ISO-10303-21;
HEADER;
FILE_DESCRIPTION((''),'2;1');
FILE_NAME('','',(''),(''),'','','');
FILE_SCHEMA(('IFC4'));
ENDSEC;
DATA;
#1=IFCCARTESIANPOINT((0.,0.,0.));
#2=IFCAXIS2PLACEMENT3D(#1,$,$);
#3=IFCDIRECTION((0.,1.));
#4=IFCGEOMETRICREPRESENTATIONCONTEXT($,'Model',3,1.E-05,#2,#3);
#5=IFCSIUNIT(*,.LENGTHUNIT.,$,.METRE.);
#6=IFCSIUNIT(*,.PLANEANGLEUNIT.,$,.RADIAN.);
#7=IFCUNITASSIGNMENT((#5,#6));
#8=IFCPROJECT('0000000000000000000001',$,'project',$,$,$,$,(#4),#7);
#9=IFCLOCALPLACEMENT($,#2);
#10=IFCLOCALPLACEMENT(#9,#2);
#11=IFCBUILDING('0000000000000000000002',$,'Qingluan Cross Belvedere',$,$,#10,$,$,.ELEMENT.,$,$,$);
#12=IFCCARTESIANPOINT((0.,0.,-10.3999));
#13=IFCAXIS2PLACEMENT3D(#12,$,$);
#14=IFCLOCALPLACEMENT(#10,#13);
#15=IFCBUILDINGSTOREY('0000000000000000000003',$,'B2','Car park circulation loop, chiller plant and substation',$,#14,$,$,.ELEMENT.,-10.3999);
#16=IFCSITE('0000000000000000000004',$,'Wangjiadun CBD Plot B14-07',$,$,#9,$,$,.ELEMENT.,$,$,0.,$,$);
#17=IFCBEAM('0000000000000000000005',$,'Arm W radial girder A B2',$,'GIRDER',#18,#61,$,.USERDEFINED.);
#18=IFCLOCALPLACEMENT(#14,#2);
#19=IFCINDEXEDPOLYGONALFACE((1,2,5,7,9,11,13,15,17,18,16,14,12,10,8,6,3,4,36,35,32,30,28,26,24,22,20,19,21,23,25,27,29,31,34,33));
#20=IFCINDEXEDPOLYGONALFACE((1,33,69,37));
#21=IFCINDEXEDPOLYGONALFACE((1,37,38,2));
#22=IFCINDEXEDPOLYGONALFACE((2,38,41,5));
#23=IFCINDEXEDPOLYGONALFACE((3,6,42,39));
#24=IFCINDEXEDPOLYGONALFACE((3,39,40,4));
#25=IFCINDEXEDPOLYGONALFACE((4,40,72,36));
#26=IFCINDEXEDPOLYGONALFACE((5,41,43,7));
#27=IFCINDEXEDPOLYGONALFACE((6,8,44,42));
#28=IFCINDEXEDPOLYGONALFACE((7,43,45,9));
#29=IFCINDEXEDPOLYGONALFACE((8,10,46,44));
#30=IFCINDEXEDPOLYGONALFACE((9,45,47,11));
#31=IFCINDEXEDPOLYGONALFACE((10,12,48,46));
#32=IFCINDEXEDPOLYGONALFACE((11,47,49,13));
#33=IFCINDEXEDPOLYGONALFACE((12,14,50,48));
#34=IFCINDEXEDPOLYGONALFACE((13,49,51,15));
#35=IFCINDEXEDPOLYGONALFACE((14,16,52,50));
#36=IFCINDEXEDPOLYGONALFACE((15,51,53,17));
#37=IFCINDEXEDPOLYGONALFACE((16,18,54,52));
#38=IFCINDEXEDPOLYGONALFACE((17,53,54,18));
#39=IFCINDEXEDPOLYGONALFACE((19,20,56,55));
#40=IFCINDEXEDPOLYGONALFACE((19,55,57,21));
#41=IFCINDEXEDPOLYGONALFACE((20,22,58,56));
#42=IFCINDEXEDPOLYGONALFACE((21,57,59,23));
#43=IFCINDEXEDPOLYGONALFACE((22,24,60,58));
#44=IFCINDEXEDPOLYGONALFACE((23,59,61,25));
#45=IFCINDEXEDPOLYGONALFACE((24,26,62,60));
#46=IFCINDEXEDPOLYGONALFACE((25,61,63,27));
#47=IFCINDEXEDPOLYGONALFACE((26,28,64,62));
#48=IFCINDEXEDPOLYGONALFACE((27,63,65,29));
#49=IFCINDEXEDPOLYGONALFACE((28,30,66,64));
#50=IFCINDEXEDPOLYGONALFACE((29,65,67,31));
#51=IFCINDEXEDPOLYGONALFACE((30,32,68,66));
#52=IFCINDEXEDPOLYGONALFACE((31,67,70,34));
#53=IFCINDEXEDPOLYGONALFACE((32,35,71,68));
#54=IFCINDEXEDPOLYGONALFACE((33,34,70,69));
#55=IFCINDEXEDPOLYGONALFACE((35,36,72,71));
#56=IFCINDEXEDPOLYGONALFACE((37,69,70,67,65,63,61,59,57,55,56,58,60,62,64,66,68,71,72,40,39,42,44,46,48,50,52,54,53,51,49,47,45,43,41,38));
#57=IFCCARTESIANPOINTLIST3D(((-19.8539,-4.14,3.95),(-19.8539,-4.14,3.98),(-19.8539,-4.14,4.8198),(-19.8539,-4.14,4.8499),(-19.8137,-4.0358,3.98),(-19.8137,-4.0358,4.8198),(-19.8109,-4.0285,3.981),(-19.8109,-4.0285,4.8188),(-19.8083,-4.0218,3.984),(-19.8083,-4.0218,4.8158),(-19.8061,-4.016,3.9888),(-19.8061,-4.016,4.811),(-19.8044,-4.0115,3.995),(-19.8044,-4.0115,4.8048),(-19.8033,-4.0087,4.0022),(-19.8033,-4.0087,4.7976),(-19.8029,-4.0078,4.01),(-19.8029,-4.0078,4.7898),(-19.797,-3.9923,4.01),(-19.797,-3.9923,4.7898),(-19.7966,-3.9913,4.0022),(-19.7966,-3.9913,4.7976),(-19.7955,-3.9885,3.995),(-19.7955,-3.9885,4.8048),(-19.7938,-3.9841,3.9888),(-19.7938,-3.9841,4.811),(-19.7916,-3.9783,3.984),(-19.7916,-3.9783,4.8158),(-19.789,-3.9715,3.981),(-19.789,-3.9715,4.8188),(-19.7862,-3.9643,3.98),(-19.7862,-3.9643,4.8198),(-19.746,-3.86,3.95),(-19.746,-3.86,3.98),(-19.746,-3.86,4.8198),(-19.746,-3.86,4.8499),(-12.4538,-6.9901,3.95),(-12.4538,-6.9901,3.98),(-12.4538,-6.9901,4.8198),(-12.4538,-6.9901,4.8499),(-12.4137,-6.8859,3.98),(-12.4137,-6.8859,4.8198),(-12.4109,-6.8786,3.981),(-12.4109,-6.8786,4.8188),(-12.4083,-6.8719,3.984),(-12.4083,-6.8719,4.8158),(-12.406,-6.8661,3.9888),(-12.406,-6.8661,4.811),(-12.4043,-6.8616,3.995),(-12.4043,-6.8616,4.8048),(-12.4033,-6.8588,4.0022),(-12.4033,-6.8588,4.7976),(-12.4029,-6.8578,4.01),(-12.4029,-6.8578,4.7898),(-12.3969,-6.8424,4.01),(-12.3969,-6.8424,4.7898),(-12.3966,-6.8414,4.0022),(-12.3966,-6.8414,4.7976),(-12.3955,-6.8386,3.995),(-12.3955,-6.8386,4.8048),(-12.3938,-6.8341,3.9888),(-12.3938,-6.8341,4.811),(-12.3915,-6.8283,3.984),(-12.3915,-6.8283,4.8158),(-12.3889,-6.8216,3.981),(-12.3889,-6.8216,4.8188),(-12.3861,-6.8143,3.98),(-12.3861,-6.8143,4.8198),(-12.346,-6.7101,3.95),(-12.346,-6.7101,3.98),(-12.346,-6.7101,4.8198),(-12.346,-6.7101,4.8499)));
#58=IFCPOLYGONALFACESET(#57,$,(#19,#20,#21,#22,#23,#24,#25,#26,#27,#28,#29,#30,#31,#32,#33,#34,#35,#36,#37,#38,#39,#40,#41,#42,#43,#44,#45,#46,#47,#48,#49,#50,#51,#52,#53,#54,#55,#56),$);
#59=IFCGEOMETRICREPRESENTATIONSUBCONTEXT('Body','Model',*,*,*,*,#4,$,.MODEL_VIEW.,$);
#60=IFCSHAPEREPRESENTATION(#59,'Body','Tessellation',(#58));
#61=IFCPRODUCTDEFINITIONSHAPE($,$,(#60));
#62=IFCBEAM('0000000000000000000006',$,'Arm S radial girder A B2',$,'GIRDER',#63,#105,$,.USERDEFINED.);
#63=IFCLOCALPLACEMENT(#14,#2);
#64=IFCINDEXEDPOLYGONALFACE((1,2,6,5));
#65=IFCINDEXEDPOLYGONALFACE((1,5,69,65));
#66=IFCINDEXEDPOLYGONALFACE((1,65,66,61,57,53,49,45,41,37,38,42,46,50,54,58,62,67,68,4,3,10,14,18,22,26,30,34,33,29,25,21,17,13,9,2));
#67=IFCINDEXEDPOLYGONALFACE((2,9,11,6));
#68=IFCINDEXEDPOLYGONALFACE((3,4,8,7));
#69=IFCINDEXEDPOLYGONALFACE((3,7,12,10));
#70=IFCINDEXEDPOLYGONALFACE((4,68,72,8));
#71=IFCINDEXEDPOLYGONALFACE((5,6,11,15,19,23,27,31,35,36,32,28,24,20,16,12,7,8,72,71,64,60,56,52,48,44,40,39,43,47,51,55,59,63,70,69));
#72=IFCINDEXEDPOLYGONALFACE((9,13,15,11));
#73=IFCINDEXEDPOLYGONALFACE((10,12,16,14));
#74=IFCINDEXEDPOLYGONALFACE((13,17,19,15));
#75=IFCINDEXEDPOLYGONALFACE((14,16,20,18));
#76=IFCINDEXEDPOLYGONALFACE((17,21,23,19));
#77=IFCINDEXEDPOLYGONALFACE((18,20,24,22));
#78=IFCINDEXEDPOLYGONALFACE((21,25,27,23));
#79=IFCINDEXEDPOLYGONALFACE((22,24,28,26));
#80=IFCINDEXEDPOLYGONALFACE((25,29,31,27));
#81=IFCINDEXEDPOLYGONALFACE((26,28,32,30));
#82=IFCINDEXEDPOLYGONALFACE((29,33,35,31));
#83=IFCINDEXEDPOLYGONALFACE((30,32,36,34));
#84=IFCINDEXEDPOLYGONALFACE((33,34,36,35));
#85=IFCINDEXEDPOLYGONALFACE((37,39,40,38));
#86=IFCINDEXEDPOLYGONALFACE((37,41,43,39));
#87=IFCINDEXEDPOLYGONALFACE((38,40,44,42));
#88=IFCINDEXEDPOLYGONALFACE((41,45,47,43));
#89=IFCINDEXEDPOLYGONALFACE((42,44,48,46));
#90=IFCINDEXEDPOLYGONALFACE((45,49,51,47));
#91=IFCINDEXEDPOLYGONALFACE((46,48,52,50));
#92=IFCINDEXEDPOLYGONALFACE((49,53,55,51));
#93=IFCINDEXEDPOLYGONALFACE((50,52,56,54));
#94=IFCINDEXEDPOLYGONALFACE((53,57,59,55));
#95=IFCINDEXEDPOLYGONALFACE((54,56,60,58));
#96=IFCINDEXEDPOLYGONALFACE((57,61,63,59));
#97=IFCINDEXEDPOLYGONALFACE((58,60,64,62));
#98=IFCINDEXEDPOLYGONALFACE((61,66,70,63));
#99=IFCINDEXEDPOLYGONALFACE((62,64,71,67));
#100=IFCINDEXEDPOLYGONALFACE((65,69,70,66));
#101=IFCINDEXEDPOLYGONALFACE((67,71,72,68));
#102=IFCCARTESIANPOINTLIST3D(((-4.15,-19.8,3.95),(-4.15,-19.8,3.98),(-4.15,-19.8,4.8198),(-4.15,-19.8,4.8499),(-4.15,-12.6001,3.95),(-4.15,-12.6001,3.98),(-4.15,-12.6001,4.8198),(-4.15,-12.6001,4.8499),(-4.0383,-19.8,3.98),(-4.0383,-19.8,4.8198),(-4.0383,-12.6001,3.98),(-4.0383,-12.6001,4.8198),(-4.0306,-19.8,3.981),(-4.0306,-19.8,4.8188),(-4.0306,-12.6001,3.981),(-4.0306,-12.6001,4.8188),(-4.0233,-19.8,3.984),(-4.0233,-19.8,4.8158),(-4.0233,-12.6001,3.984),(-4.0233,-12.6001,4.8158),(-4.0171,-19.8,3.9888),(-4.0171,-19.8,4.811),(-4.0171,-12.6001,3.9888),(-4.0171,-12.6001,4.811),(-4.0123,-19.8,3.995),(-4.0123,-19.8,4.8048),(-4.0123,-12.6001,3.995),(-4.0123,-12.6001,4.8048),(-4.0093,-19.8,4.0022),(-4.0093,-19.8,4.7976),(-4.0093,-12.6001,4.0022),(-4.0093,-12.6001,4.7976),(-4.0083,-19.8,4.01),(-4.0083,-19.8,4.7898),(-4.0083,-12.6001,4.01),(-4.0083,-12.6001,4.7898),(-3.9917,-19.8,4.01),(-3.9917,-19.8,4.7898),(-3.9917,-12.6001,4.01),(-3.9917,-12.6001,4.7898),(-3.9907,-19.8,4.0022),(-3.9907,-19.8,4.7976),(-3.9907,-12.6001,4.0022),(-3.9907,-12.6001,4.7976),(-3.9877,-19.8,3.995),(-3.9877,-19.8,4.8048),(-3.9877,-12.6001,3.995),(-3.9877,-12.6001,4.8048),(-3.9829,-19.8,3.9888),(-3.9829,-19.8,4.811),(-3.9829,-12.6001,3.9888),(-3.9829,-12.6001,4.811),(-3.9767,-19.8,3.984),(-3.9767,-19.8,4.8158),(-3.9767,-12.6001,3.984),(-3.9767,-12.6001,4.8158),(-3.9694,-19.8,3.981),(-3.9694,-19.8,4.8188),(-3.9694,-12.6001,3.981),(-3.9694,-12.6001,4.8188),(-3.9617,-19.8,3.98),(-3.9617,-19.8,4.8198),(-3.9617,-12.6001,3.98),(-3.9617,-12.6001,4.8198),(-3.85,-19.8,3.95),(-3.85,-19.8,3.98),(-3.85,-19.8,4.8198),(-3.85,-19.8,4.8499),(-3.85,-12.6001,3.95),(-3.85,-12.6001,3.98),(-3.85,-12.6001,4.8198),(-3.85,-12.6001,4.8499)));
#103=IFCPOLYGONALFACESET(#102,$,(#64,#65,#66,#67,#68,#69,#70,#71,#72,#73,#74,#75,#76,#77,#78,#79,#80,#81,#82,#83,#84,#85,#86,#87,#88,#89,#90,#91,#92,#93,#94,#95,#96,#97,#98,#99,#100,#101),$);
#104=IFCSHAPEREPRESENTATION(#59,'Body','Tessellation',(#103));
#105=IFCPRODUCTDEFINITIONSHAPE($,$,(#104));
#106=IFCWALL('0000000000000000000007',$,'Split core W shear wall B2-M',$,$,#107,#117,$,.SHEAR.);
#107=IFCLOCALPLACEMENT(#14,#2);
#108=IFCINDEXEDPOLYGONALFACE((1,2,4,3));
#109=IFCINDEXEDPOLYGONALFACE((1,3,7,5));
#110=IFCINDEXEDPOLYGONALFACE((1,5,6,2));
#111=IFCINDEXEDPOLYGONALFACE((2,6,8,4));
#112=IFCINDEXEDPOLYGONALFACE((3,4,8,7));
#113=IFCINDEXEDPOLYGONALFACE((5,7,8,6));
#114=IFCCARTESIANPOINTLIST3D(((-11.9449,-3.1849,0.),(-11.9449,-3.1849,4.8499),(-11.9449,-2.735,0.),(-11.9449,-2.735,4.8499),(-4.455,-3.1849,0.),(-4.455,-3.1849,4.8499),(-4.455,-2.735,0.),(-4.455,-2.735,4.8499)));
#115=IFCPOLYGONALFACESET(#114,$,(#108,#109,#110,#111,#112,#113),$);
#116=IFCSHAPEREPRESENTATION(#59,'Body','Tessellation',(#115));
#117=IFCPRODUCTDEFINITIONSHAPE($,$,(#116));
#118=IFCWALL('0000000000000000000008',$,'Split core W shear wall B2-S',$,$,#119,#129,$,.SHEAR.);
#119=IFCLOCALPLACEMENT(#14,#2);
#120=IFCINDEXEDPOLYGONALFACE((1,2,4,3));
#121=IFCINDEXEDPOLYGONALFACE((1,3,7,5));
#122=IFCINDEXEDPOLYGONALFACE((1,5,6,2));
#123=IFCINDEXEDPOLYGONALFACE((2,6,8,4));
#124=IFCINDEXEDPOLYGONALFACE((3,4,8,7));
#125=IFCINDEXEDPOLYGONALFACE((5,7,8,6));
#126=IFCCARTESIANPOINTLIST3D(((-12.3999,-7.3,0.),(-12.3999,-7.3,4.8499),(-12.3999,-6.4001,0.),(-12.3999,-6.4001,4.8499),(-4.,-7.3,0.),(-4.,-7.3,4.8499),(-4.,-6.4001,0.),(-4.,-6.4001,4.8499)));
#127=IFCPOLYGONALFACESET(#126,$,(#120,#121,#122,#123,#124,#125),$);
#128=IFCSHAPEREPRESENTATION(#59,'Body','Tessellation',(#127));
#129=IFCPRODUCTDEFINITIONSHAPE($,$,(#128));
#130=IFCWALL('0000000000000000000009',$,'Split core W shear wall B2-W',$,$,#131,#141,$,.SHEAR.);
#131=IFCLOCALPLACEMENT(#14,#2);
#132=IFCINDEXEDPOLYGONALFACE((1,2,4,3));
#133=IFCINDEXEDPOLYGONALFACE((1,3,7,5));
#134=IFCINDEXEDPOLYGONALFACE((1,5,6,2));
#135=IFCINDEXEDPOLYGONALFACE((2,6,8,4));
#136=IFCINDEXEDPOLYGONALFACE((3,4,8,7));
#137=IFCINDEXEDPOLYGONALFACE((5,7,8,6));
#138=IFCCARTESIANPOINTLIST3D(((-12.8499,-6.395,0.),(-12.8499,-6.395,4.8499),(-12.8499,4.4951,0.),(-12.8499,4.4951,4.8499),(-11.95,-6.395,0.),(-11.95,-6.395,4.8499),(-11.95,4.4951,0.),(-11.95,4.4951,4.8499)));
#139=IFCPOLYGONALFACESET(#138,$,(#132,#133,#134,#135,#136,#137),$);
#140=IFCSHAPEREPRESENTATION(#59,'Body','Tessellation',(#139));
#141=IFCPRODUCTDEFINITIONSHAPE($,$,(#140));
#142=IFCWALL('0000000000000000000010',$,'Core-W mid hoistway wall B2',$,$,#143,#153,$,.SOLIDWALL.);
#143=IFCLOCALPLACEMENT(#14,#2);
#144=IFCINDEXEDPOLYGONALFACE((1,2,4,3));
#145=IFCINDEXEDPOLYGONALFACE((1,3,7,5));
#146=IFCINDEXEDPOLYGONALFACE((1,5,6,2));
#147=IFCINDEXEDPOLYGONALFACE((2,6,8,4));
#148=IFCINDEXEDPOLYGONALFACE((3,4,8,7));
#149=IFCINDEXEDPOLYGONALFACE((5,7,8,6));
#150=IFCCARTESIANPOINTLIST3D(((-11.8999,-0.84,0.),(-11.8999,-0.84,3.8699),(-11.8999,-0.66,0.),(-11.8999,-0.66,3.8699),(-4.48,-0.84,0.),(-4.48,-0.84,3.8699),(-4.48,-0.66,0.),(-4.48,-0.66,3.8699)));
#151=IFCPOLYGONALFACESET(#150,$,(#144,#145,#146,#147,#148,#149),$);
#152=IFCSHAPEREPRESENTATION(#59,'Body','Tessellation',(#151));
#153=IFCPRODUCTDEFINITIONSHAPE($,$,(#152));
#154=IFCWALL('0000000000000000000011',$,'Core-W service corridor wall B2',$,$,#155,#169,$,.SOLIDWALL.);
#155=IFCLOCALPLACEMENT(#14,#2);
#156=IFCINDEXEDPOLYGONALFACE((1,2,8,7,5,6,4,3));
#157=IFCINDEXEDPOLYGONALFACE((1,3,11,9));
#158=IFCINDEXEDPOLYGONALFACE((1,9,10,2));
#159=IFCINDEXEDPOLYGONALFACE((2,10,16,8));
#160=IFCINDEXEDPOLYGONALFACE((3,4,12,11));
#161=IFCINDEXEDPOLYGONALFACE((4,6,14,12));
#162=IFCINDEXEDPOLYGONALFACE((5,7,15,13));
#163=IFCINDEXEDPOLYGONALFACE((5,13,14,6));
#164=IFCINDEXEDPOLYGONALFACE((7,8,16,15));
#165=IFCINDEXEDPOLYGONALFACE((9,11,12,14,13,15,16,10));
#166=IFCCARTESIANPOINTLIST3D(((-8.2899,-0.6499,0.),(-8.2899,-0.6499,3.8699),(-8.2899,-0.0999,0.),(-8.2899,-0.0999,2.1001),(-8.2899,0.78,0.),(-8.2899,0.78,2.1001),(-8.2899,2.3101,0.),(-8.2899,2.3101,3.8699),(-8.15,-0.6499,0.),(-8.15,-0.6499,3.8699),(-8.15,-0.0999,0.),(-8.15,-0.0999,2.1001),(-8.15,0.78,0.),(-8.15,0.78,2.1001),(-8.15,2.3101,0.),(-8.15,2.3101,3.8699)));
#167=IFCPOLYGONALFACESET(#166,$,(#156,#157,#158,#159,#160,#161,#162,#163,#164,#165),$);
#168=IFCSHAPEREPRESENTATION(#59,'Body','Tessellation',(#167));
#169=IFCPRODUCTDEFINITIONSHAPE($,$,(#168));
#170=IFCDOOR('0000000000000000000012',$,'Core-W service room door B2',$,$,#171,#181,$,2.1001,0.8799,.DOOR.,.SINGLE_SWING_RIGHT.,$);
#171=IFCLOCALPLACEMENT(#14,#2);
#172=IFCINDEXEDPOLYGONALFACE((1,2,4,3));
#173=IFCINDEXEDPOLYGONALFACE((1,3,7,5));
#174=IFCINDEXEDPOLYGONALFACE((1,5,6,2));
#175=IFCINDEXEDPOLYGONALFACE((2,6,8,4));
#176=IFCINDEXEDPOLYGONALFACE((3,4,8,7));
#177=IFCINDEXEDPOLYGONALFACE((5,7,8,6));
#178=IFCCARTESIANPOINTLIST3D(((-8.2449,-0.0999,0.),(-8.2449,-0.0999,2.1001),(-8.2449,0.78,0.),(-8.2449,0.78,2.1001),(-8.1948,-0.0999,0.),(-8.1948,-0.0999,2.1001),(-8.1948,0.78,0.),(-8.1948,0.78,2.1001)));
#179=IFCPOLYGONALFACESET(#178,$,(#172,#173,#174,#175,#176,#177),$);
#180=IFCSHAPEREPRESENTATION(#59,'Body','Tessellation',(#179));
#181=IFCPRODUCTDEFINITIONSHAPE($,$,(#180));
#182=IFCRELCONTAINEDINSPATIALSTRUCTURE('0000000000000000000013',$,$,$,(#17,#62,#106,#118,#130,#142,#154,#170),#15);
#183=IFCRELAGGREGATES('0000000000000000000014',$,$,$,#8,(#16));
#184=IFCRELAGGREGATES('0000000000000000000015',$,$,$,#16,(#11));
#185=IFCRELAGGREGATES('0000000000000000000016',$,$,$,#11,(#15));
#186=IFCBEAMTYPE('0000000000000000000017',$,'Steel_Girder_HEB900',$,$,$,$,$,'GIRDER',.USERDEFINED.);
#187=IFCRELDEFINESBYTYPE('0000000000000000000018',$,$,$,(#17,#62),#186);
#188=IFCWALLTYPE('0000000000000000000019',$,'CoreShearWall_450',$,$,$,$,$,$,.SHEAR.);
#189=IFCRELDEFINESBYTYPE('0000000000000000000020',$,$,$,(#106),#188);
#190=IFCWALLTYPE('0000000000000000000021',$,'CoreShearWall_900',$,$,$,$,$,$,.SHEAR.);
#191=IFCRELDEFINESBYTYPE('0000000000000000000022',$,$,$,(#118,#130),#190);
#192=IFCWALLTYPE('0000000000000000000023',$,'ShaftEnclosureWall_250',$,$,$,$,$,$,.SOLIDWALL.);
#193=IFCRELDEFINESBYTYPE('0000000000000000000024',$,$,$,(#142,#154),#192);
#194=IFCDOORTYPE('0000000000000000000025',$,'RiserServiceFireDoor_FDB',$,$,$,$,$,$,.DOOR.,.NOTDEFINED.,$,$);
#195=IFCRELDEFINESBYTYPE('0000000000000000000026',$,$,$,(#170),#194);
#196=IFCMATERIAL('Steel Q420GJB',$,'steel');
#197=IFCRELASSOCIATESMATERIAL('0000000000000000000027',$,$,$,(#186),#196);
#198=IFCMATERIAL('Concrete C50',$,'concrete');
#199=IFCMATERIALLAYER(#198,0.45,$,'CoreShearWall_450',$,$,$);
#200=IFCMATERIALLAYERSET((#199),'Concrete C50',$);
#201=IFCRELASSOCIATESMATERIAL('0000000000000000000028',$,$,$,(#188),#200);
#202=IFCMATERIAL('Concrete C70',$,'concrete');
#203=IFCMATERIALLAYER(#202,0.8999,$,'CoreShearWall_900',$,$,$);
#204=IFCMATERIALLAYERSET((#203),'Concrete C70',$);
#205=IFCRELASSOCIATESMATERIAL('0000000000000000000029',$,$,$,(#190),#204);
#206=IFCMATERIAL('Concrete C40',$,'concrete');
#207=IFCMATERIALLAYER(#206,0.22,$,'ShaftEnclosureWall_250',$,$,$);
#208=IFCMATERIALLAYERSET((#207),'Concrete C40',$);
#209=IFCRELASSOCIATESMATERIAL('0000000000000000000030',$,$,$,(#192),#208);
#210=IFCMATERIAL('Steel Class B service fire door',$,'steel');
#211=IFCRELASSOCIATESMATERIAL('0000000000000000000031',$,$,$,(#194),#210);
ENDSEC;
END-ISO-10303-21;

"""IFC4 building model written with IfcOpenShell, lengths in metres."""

from ifc_helpers import new_model, si_unit, direction, frame, frame_2d, origin, origin_2d, place, context, subcontext, project, spatial, rectangle, i_section, extrude, material, layer, layer_set, material_profile, profile_set, type_object, element, fill, save


model = new_model("IFC4")

# Units and contexts
model_context = context("Model", 3, precision=1e-05, world=origin(), true_north=direction((0.0, 1.0)))
body_context = subcontext(model_context, "Body", "Model", "MODEL_VIEW")
ifc_project = project(units=[si_unit("LENGTHUNIT", "METRE"), si_unit("PLANEANGLEUNIT", "RADIAN")], contexts=[model_context])

# Site, building, storey
site_placement = place(None, origin())
site = spatial("IfcSite", under=ifc_project, at=site_placement, Name="Wangjiadun CBD Plot B14-07", CompositionType="ELEMENT", RefElevation=0.0)
building_placement = place(site_placement, origin())
building = spatial("IfcBuilding", under=site, at=building_placement, Name="Qingluan Cross Belvedere", CompositionType="ELEMENT")
storey_placement = place(building_placement, frame((0.0, 0.0, -10.3999)))
storey = spatial("IfcBuildingStorey", under=building, at=storey_placement, Name="B2", Description="Car park circulation loop, chiller plant and substation", CompositionType="ELEMENT", Elevation=-10.3999)

# Beams
ifc_material_1 = material(Name="Steel Q420GJB", Category="steel")
ifc_material_profile_1 = material_profile(ifc_material_1, i_section(OverallWidth=0.3, OverallDepth=0.8999, WebThickness=0.0166, FlangeThickness=0.03, FilletRadius=0.03, at=origin_2d()), Name="HEB900")
ifc_profile_set_1 = profile_set([ifc_material_profile_1], Name="Steel Q420GJB")
beam_type_1 = type_object("IfcBeamType", Name="Steel_Girder_HEB900", ElementType="GIRDER", PredefinedType="USERDEFINED", material=ifc_profile_set_1)
beam_1_placement = place(storey_placement, frame((-12.3999, -6.8501, 4.3999), z_axis=(-0.933181, 0.359406, 0.0), x_axis=(-0.359406, -0.933181, 0.0)))
element("IfcBeam", 1, at=beam_1_placement, inside=storey, type_object=beam_type_1, Name="Arm W radial girder A B2", ObjectType="GIRDER", PredefinedType="USERDEFINED", context=body_context, shape_type="SweptSolid", body=[
    extrude(i_section(OverallWidth=0.3, OverallDepth=0.8999, WebThickness=0.0166, FlangeThickness=0.03, FilletRadius=0.03, at=origin_2d()), origin(), (0.0, 0.0, 1.0), 7.9299),
])
beam_2_placement = place(storey_placement, frame((-4.0, -12.6001, 4.3999), z_axis=(0.0, -1.0, 0.0), x_axis=(1.0, 0.0, 0.0)))
element("IfcBeam", 2, at=beam_2_placement, inside=storey, type_object=beam_type_1, Name="Arm S radial girder A B2", ObjectType="GIRDER", PredefinedType="USERDEFINED", context=body_context, shape_type="SweptSolid", body=[
    extrude(i_section(OverallWidth=0.3, OverallDepth=0.8999, WebThickness=0.0166, FlangeThickness=0.03, FilletRadius=0.03, at=origin_2d()), origin(), (0.0, 0.0, 1.0), 7.2),
])

# Walls
ifc_material_2 = material(Name="Concrete C50", Category="concrete")
ifc_layer_1 = layer(ifc_material_2, 0.45, Name="CoreShearWall_450")
ifc_layer_set_1 = layer_set([ifc_layer_1], Name="Concrete C50")
wall_type_1 = type_object("IfcWallType", Name="CoreShearWall_450", PredefinedType="SHEAR", material=ifc_layer_set_1)
wall_1_placement = place(storey_placement, frame((-11.9451, -2.96, 0.0), z_axis=(0.0, 0.0, 1.0), x_axis=(1.0, 0.0, 0.0)))
element("IfcWall", 3, at=wall_1_placement, inside=storey, type_object=wall_type_1, Name="Split core W shear wall B2-M", PredefinedType="SHEAR", context=body_context, shape_type="SweptSolid", body=[
    extrude(rectangle(XDim=7.49, YDim=0.45, at=frame_2d((3.7451, 0.0))), origin(), (0.0, 0.0, 1.0), 4.8499),
])
ifc_material_3 = material(Name="Concrete C70", Category="concrete")
ifc_layer_2 = layer(ifc_material_3, 0.8999, Name="CoreShearWall_900")
ifc_layer_set_2 = layer_set([ifc_layer_2], Name="Concrete C70")
wall_type_2 = type_object("IfcWallType", Name="CoreShearWall_900", PredefinedType="SHEAR", material=ifc_layer_set_2)
wall_2_placement = place(storey_placement, frame((-12.3999, -6.8501, 0.0), z_axis=(0.0, 0.0, 1.0), x_axis=(1.0, 0.0, 0.0)))
element("IfcWall", 4, at=wall_2_placement, inside=storey, type_object=wall_type_2, Name="Split core W shear wall B2-S", PredefinedType="SHEAR", context=body_context, shape_type="SweptSolid", body=[
    extrude(rectangle(XDim=8.3999, YDim=0.8999, at=frame_2d((4.2, 0.0))), origin(), (0.0, 0.0, 1.0), 4.8499),
])
wall_3_placement = place(storey_placement, frame((-12.3999, -6.395, 0.0), z_axis=(0.0, 0.0, 1.0), x_axis=(0.0, 1.0, 0.0)))
element("IfcWall", 5, at=wall_3_placement, inside=storey, type_object=wall_type_2, Name="Split core W shear wall B2-W", PredefinedType="SHEAR", context=body_context, shape_type="SweptSolid", body=[
    extrude(rectangle(XDim=10.8901, YDim=0.8999, at=frame_2d((5.4451, 0.0))), origin(), (0.0, 0.0, 1.0), 4.8499),
])

# Wall
ifc_material_4 = material(Name="Concrete C40", Category="concrete")
ifc_layer_3 = layer(ifc_material_4, 0.22, Name="ShaftEnclosureWall_250")
ifc_layer_set_3 = layer_set([ifc_layer_3], Name="Concrete C40")
wall_type_3 = type_object("IfcWallType", Name="ShaftEnclosureWall_250", PredefinedType="SOLIDWALL", material=ifc_layer_set_3)
wall_4_placement = place(storey_placement, frame((-11.8999, -0.75, 0.0), z_axis=(0.0, 0.0, 1.0), x_axis=(1.0, 0.0, 0.0)))
element("IfcWall", 6, at=wall_4_placement, inside=storey, type_object=wall_type_3, Name="Core-W mid hoistway wall B2", PredefinedType="SOLIDWALL", context=body_context, shape_type="SweptSolid", body=[
    extrude(rectangle(XDim=7.4199, YDim=0.1799, at=frame_2d((3.71, 0.0))), origin(), (0.0, 0.0, 1.0), 3.8699),
])

# Wall, opening, door
wall_5_placement = place(storey_placement, frame((-8.22, -0.6499, 0.0), z_axis=(0.0, 0.0, 1.0), x_axis=(0.0, 1.0, 0.0)))
wall_5 = element("IfcWall", 7, at=wall_5_placement, inside=storey, type_object=wall_type_3, Name="Core-W service corridor wall B2", PredefinedType="SOLIDWALL", context=body_context, shape_type="SweptSolid", body=[
    extrude(rectangle(XDim=2.96, YDim=0.1399, at=frame_2d((1.48, 0.0))), origin(), (0.0, 0.0, 1.0), 3.8699),
])
opening_1_placement = place(wall_5_placement, frame((0.55, 0.0, 0.0)))
opening_1 = element("IfcOpeningElement", 8, at=opening_1_placement, cuts=wall_5, PredefinedType="OPENING", context=body_context, shape_type="SweptSolid", body=[
    extrude(rectangle(XDim=0.8799, YDim=2.1001, at=frame_2d((0.4399, 1.05))), frame((0.0, 0.0798, 0.0), z_axis=(0.0, -1.0, 0.0), x_axis=(1.0, 0.0, 0.0)), (0.0, 0.0, 1.0), 0.1599),
])
ifc_material_5 = material(Name="Steel Class B service fire door", Category="steel")
door_type_1 = type_object("IfcDoorType", Name="RiserServiceFireDoor_FDB", OperationType="NOTDEFINED", PredefinedType="DOOR", material=ifc_material_5)
door_1_placement = place(opening_1_placement, origin())
door_1 = element("IfcDoor", 9, at=door_1_placement, inside=storey, type_object=door_type_1, Name="Core-W service room door B2", OperationType="SINGLE_SWING_RIGHT", OverallHeight=2.1001, OverallWidth=0.8799, PredefinedType="DOOR", context=body_context, shape_type="SweptSolid", body=[
    extrude(rectangle(XDim=0.8799, YDim=2.1001, at=frame_2d((0.4399, 1.05))), frame((0.0, 0.0249, 0.0), z_axis=(0.0, -1.0, 0.0), x_axis=(1.0, 0.0, 0.0)), (0.0, 0.0, 1.0), 0.05),
])
fill(opening_1, door_1)

save(model, "model.ifc")
